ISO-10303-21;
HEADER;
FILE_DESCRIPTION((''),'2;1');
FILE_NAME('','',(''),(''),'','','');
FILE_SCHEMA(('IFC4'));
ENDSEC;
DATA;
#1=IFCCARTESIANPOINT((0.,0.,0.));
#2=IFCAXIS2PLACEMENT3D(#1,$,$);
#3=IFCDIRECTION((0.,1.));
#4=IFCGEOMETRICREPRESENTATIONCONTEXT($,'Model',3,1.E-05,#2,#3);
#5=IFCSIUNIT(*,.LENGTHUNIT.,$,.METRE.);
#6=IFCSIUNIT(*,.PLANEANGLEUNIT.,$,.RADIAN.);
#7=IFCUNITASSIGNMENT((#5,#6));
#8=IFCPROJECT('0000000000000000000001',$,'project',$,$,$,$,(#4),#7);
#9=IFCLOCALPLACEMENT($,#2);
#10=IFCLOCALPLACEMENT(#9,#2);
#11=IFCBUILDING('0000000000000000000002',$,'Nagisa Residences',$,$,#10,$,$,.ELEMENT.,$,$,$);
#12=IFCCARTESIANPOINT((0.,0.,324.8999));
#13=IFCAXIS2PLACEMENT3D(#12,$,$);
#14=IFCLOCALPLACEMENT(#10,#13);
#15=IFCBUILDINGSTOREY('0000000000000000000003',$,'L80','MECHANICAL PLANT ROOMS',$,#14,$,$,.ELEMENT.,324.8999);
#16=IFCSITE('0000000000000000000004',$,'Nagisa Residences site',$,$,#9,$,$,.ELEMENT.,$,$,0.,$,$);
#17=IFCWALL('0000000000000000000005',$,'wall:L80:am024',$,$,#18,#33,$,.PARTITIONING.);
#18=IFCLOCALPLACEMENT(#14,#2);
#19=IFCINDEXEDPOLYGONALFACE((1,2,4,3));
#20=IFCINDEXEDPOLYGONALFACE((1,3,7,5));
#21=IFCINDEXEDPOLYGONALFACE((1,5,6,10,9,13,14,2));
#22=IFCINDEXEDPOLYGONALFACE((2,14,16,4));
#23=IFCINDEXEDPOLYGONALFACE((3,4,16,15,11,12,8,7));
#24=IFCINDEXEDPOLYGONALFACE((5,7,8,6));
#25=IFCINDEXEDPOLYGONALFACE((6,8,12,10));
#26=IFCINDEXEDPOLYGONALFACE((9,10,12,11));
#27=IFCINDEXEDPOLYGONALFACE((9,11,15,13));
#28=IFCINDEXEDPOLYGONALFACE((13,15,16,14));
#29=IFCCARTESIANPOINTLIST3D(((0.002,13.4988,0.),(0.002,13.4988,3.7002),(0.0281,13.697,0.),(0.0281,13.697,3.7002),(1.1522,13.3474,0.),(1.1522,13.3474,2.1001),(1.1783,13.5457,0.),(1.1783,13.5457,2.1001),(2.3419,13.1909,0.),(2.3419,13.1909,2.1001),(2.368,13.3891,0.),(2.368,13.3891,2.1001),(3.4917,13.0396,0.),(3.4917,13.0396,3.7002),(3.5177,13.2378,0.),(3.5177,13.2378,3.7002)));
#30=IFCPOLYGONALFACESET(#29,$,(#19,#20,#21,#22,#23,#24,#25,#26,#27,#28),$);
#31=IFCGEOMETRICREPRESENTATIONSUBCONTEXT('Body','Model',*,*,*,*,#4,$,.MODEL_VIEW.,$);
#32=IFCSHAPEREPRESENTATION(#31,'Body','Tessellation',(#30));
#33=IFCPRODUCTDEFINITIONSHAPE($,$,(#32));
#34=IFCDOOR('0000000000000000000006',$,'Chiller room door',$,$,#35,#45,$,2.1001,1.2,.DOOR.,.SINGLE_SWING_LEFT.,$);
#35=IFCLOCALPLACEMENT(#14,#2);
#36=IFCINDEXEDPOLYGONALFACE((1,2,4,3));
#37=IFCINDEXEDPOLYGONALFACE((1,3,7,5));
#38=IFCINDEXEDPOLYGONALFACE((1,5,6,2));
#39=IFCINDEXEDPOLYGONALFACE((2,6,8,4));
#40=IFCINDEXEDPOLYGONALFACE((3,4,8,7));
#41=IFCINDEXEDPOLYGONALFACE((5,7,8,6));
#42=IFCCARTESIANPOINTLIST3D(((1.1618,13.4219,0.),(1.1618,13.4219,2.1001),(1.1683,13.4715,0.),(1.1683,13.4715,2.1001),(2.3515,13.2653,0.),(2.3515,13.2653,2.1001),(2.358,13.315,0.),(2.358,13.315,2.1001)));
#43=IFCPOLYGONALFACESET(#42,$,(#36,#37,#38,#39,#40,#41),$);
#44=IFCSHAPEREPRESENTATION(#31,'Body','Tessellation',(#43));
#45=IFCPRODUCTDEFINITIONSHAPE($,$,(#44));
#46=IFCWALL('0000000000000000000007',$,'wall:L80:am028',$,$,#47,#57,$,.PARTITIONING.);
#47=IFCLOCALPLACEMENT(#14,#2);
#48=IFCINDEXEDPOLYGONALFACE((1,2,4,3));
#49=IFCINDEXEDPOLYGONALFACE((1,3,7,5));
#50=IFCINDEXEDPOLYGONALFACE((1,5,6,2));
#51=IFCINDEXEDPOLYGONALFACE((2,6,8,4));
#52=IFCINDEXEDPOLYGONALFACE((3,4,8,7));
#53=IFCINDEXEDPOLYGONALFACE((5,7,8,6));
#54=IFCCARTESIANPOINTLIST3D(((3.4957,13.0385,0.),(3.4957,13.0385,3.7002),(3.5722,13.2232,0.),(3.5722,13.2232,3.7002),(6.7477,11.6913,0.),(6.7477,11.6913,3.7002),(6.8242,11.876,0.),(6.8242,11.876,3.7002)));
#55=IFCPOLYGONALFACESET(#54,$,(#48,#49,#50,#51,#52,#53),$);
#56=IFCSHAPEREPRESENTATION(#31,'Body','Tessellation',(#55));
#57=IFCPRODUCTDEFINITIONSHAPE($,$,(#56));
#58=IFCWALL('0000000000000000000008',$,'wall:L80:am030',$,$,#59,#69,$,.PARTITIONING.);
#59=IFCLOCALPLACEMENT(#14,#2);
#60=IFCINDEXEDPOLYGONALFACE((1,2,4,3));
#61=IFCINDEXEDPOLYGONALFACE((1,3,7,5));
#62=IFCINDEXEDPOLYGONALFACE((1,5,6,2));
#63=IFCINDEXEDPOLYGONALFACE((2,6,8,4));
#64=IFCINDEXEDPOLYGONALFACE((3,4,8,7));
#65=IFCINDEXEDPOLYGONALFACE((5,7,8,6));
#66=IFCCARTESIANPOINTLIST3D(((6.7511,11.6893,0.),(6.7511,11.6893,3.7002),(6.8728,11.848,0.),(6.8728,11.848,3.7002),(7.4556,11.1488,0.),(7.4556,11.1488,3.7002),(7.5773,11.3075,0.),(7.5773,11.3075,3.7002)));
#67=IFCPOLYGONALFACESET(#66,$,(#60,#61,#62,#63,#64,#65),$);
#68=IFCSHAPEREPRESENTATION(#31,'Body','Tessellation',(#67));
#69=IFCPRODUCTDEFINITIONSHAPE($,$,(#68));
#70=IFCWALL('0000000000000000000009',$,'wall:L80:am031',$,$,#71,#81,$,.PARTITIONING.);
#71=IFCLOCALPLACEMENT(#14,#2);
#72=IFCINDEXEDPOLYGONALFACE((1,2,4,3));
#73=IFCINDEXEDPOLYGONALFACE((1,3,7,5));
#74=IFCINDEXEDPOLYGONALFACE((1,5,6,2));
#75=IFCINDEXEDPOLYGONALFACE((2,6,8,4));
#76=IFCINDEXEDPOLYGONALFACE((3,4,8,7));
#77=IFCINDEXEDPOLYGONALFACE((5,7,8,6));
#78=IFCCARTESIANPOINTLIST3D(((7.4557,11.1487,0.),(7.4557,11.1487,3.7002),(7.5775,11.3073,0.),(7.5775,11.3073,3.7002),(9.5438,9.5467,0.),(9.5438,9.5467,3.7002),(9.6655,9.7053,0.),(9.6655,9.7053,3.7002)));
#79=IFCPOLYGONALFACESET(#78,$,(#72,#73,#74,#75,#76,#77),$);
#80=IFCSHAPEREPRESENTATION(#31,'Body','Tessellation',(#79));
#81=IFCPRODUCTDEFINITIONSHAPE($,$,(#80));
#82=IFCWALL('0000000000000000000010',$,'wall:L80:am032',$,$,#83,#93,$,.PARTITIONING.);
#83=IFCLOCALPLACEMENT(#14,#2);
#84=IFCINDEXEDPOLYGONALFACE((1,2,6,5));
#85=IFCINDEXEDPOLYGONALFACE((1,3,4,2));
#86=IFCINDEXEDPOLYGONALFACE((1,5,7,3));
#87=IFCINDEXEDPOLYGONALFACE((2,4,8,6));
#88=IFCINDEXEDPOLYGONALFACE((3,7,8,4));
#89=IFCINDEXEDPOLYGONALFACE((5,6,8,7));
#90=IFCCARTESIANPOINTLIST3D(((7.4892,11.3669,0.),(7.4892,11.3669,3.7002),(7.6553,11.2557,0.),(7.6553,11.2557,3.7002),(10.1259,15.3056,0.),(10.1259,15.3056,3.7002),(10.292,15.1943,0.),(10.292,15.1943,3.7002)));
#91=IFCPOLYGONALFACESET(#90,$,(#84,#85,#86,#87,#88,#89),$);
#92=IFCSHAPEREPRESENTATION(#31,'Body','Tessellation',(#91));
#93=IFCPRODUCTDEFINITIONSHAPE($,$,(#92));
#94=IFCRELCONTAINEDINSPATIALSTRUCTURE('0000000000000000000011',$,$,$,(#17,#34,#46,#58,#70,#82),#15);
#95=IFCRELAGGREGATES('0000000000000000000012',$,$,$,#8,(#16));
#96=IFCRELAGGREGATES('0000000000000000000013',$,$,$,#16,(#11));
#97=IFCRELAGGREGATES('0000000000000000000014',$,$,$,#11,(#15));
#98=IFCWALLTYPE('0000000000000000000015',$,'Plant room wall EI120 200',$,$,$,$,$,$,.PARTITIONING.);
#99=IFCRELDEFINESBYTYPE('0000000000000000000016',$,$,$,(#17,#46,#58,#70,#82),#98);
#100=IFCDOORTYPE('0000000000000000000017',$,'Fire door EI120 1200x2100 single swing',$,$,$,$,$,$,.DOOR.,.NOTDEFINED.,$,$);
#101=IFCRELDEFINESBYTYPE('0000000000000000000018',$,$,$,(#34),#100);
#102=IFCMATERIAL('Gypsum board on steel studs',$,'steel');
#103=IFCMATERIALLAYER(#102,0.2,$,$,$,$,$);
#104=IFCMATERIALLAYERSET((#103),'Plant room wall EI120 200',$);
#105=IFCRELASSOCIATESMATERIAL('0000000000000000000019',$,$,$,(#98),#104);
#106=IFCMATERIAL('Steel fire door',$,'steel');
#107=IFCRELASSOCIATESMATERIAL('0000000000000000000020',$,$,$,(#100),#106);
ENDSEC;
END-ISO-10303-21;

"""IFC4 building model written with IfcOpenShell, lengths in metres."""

from ifc_helpers import new_model, si_unit, direction, frame, frame_2d, origin, place, context, subcontext, project, spatial, rectangle, extrude, material, layer, layer_set, type_object, element, fill, save


model = new_model("IFC4")

# Units and contexts
model_context = context("Model", 3, precision=1e-05, world=origin(), true_north=direction((0.0, 1.0)))
body_context = subcontext(model_context, "Body", "Model", "MODEL_VIEW")
ifc_project = project(units=[si_unit("LENGTHUNIT", "METRE"), si_unit("PLANEANGLEUNIT", "RADIAN")], contexts=[model_context])

# Site, building, storey
site_placement = place(None, origin())
site = spatial("IfcSite", under=ifc_project, at=site_placement, Name="Nagisa Residences site", CompositionType="ELEMENT", RefElevation=0.0)
building_placement = place(site_placement, origin())
building = spatial("IfcBuilding", under=site, at=building_placement, Name="Nagisa Residences", CompositionType="ELEMENT")
storey_placement = place(building_placement, frame((0.0, 0.0, 324.8999)))
storey = spatial("IfcBuildingStorey", under=building, at=storey_placement, Name="L80", Description="MECHANICAL PLANT ROOMS", CompositionType="ELEMENT", Elevation=324.8999)

# Wall, opening, door
ifc_material_1 = material(Name="Gypsum board on steel studs", Category="steel")
ifc_layer_1 = layer(ifc_material_1, 0.2)
ifc_layer_set_1 = layer_set([ifc_layer_1], Name="Plant room wall EI120 200")
wall_type = type_object("IfcWallType", Name="Plant room wall EI120 200", PredefinedType="PARTITIONING", material=ifc_layer_set_1)
wall_1_placement = place(storey_placement, frame((0.0151, 13.5979, 0.0), z_axis=(0.0, 0.0, 1.0), x_axis=(0.991452, -0.130469, 0.0)))
wall_1 = element("IfcWall", 1, at=wall_1_placement, inside=storey, type_object=wall_type, Name="wall:L80:am024", PredefinedType="PARTITIONING", context=body_context, shape_type="SweptSolid", body=[
    extrude(rectangle(XDim=3.5198, YDim=0.2, at=frame_2d((1.7598, 0.0))), origin(), (0.0, 0.0, 1.0), 3.7002),
])
opening_placement = place(wall_1_placement, frame((1.1599, 0.0, 0.0)))
opening = element("IfcOpeningElement", 2, at=opening_placement, cuts=wall_1, PredefinedType="OPENING", context=body_context, shape_type="SweptSolid", body=[
    extrude(rectangle(XDim=1.2, YDim=2.1001, at=frame_2d((0.6001, 1.05))), frame((0.0, 0.1099, 0.0), z_axis=(0.0, -1.0, 0.0), x_axis=(1.0, 0.0, 0.0)), (0.0, 0.0, 1.0), 0.22),
])
ifc_material_2 = material(Name="Steel fire door", Category="steel")
door_type = type_object("IfcDoorType", Name="Fire door EI120 1200x2100 single swing", OperationType="NOTDEFINED", PredefinedType="DOOR", material=ifc_material_2)
door_placement = place(opening_placement, frame((1.2, 0.0, 0.0), x_axis=(-1.0, 0.0, 0.0)))
door = element("IfcDoor", 3, at=door_placement, inside=storey, type_object=door_type, Name="Chiller room door", OperationType="SINGLE_SWING_LEFT", OverallHeight=2.1001, OverallWidth=1.2, PredefinedType="DOOR", context=body_context, shape_type="SweptSolid", body=[
    extrude(rectangle(XDim=1.2, YDim=2.1001, at=frame_2d((0.6001, 1.05))), frame((0.0, 0.0249, 0.0), z_axis=(0.0, -1.0, 0.0), x_axis=(1.0, 0.0, 0.0)), (0.0, 0.0, 1.0), 0.05),
])
fill(opening, door)

# Walls
wall_2_placement = place(storey_placement, frame((3.5339, 13.1309, 0.0), z_axis=(0.0, 0.0, 1.0), x_axis=(0.923863, -0.382723, 0.0)))
element("IfcWall", 4, at=wall_2_placement, inside=storey, type_object=wall_type, Name="wall:L80:am028", PredefinedType="PARTITIONING", context=body_context, shape_type="SweptSolid", body=[
    extrude(rectangle(XDim=3.52, YDim=0.2, at=frame_2d((1.76, 0.0))), origin(), (0.0, 0.0, 1.0), 3.7002),
])
wall_3_placement = place(storey_placement, frame((6.812, 11.7686, 0.0), z_axis=(0.0, 0.0, 1.0), x_axis=(0.79342, -0.608674, 0.0)))
element("IfcWall", 5, at=wall_3_placement, inside=storey, type_object=wall_type, Name="wall:L80:am030", PredefinedType="PARTITIONING", context=body_context, shape_type="SweptSolid", body=[
    extrude(rectangle(XDim=0.8879, YDim=0.2, at=frame_2d((0.4438, 0.0))), origin(), (0.0, 0.0, 1.0), 3.7002),
])
wall_4_placement = place(storey_placement, frame((7.5166, 11.228, 0.0), z_axis=(0.0, 0.0, 1.0), x_axis=(0.793396, -0.608706, 0.0)))
element("IfcWall", 6, at=wall_4_placement, inside=storey, type_object=wall_type, Name="wall:L80:am031", PredefinedType="PARTITIONING", context=body_context, shape_type="SweptSolid", body=[
    extrude(rectangle(XDim=2.6318, YDim=0.2, at=frame_2d((1.3159, 0.0))), origin(), (0.0, 0.0, 1.0), 3.7002),
])
wall_5_placement = place(storey_placement, frame((7.5723, 11.3113, 0.0), z_axis=(0.0, 0.0, 1.0), x_axis=(0.556292, 0.830987, 0.0)))
element("IfcWall", 7, at=wall_5_placement, inside=storey, type_object=wall_type, Name="wall:L80:am032", PredefinedType="PARTITIONING", context=body_context, shape_type="SweptSolid", body=[
    extrude(rectangle(XDim=4.7397, YDim=0.2, at=frame_2d((2.3699, 0.0))), origin(), (0.0, 0.0, 1.0), 3.7002),
])

save(model, "model.ifc")
